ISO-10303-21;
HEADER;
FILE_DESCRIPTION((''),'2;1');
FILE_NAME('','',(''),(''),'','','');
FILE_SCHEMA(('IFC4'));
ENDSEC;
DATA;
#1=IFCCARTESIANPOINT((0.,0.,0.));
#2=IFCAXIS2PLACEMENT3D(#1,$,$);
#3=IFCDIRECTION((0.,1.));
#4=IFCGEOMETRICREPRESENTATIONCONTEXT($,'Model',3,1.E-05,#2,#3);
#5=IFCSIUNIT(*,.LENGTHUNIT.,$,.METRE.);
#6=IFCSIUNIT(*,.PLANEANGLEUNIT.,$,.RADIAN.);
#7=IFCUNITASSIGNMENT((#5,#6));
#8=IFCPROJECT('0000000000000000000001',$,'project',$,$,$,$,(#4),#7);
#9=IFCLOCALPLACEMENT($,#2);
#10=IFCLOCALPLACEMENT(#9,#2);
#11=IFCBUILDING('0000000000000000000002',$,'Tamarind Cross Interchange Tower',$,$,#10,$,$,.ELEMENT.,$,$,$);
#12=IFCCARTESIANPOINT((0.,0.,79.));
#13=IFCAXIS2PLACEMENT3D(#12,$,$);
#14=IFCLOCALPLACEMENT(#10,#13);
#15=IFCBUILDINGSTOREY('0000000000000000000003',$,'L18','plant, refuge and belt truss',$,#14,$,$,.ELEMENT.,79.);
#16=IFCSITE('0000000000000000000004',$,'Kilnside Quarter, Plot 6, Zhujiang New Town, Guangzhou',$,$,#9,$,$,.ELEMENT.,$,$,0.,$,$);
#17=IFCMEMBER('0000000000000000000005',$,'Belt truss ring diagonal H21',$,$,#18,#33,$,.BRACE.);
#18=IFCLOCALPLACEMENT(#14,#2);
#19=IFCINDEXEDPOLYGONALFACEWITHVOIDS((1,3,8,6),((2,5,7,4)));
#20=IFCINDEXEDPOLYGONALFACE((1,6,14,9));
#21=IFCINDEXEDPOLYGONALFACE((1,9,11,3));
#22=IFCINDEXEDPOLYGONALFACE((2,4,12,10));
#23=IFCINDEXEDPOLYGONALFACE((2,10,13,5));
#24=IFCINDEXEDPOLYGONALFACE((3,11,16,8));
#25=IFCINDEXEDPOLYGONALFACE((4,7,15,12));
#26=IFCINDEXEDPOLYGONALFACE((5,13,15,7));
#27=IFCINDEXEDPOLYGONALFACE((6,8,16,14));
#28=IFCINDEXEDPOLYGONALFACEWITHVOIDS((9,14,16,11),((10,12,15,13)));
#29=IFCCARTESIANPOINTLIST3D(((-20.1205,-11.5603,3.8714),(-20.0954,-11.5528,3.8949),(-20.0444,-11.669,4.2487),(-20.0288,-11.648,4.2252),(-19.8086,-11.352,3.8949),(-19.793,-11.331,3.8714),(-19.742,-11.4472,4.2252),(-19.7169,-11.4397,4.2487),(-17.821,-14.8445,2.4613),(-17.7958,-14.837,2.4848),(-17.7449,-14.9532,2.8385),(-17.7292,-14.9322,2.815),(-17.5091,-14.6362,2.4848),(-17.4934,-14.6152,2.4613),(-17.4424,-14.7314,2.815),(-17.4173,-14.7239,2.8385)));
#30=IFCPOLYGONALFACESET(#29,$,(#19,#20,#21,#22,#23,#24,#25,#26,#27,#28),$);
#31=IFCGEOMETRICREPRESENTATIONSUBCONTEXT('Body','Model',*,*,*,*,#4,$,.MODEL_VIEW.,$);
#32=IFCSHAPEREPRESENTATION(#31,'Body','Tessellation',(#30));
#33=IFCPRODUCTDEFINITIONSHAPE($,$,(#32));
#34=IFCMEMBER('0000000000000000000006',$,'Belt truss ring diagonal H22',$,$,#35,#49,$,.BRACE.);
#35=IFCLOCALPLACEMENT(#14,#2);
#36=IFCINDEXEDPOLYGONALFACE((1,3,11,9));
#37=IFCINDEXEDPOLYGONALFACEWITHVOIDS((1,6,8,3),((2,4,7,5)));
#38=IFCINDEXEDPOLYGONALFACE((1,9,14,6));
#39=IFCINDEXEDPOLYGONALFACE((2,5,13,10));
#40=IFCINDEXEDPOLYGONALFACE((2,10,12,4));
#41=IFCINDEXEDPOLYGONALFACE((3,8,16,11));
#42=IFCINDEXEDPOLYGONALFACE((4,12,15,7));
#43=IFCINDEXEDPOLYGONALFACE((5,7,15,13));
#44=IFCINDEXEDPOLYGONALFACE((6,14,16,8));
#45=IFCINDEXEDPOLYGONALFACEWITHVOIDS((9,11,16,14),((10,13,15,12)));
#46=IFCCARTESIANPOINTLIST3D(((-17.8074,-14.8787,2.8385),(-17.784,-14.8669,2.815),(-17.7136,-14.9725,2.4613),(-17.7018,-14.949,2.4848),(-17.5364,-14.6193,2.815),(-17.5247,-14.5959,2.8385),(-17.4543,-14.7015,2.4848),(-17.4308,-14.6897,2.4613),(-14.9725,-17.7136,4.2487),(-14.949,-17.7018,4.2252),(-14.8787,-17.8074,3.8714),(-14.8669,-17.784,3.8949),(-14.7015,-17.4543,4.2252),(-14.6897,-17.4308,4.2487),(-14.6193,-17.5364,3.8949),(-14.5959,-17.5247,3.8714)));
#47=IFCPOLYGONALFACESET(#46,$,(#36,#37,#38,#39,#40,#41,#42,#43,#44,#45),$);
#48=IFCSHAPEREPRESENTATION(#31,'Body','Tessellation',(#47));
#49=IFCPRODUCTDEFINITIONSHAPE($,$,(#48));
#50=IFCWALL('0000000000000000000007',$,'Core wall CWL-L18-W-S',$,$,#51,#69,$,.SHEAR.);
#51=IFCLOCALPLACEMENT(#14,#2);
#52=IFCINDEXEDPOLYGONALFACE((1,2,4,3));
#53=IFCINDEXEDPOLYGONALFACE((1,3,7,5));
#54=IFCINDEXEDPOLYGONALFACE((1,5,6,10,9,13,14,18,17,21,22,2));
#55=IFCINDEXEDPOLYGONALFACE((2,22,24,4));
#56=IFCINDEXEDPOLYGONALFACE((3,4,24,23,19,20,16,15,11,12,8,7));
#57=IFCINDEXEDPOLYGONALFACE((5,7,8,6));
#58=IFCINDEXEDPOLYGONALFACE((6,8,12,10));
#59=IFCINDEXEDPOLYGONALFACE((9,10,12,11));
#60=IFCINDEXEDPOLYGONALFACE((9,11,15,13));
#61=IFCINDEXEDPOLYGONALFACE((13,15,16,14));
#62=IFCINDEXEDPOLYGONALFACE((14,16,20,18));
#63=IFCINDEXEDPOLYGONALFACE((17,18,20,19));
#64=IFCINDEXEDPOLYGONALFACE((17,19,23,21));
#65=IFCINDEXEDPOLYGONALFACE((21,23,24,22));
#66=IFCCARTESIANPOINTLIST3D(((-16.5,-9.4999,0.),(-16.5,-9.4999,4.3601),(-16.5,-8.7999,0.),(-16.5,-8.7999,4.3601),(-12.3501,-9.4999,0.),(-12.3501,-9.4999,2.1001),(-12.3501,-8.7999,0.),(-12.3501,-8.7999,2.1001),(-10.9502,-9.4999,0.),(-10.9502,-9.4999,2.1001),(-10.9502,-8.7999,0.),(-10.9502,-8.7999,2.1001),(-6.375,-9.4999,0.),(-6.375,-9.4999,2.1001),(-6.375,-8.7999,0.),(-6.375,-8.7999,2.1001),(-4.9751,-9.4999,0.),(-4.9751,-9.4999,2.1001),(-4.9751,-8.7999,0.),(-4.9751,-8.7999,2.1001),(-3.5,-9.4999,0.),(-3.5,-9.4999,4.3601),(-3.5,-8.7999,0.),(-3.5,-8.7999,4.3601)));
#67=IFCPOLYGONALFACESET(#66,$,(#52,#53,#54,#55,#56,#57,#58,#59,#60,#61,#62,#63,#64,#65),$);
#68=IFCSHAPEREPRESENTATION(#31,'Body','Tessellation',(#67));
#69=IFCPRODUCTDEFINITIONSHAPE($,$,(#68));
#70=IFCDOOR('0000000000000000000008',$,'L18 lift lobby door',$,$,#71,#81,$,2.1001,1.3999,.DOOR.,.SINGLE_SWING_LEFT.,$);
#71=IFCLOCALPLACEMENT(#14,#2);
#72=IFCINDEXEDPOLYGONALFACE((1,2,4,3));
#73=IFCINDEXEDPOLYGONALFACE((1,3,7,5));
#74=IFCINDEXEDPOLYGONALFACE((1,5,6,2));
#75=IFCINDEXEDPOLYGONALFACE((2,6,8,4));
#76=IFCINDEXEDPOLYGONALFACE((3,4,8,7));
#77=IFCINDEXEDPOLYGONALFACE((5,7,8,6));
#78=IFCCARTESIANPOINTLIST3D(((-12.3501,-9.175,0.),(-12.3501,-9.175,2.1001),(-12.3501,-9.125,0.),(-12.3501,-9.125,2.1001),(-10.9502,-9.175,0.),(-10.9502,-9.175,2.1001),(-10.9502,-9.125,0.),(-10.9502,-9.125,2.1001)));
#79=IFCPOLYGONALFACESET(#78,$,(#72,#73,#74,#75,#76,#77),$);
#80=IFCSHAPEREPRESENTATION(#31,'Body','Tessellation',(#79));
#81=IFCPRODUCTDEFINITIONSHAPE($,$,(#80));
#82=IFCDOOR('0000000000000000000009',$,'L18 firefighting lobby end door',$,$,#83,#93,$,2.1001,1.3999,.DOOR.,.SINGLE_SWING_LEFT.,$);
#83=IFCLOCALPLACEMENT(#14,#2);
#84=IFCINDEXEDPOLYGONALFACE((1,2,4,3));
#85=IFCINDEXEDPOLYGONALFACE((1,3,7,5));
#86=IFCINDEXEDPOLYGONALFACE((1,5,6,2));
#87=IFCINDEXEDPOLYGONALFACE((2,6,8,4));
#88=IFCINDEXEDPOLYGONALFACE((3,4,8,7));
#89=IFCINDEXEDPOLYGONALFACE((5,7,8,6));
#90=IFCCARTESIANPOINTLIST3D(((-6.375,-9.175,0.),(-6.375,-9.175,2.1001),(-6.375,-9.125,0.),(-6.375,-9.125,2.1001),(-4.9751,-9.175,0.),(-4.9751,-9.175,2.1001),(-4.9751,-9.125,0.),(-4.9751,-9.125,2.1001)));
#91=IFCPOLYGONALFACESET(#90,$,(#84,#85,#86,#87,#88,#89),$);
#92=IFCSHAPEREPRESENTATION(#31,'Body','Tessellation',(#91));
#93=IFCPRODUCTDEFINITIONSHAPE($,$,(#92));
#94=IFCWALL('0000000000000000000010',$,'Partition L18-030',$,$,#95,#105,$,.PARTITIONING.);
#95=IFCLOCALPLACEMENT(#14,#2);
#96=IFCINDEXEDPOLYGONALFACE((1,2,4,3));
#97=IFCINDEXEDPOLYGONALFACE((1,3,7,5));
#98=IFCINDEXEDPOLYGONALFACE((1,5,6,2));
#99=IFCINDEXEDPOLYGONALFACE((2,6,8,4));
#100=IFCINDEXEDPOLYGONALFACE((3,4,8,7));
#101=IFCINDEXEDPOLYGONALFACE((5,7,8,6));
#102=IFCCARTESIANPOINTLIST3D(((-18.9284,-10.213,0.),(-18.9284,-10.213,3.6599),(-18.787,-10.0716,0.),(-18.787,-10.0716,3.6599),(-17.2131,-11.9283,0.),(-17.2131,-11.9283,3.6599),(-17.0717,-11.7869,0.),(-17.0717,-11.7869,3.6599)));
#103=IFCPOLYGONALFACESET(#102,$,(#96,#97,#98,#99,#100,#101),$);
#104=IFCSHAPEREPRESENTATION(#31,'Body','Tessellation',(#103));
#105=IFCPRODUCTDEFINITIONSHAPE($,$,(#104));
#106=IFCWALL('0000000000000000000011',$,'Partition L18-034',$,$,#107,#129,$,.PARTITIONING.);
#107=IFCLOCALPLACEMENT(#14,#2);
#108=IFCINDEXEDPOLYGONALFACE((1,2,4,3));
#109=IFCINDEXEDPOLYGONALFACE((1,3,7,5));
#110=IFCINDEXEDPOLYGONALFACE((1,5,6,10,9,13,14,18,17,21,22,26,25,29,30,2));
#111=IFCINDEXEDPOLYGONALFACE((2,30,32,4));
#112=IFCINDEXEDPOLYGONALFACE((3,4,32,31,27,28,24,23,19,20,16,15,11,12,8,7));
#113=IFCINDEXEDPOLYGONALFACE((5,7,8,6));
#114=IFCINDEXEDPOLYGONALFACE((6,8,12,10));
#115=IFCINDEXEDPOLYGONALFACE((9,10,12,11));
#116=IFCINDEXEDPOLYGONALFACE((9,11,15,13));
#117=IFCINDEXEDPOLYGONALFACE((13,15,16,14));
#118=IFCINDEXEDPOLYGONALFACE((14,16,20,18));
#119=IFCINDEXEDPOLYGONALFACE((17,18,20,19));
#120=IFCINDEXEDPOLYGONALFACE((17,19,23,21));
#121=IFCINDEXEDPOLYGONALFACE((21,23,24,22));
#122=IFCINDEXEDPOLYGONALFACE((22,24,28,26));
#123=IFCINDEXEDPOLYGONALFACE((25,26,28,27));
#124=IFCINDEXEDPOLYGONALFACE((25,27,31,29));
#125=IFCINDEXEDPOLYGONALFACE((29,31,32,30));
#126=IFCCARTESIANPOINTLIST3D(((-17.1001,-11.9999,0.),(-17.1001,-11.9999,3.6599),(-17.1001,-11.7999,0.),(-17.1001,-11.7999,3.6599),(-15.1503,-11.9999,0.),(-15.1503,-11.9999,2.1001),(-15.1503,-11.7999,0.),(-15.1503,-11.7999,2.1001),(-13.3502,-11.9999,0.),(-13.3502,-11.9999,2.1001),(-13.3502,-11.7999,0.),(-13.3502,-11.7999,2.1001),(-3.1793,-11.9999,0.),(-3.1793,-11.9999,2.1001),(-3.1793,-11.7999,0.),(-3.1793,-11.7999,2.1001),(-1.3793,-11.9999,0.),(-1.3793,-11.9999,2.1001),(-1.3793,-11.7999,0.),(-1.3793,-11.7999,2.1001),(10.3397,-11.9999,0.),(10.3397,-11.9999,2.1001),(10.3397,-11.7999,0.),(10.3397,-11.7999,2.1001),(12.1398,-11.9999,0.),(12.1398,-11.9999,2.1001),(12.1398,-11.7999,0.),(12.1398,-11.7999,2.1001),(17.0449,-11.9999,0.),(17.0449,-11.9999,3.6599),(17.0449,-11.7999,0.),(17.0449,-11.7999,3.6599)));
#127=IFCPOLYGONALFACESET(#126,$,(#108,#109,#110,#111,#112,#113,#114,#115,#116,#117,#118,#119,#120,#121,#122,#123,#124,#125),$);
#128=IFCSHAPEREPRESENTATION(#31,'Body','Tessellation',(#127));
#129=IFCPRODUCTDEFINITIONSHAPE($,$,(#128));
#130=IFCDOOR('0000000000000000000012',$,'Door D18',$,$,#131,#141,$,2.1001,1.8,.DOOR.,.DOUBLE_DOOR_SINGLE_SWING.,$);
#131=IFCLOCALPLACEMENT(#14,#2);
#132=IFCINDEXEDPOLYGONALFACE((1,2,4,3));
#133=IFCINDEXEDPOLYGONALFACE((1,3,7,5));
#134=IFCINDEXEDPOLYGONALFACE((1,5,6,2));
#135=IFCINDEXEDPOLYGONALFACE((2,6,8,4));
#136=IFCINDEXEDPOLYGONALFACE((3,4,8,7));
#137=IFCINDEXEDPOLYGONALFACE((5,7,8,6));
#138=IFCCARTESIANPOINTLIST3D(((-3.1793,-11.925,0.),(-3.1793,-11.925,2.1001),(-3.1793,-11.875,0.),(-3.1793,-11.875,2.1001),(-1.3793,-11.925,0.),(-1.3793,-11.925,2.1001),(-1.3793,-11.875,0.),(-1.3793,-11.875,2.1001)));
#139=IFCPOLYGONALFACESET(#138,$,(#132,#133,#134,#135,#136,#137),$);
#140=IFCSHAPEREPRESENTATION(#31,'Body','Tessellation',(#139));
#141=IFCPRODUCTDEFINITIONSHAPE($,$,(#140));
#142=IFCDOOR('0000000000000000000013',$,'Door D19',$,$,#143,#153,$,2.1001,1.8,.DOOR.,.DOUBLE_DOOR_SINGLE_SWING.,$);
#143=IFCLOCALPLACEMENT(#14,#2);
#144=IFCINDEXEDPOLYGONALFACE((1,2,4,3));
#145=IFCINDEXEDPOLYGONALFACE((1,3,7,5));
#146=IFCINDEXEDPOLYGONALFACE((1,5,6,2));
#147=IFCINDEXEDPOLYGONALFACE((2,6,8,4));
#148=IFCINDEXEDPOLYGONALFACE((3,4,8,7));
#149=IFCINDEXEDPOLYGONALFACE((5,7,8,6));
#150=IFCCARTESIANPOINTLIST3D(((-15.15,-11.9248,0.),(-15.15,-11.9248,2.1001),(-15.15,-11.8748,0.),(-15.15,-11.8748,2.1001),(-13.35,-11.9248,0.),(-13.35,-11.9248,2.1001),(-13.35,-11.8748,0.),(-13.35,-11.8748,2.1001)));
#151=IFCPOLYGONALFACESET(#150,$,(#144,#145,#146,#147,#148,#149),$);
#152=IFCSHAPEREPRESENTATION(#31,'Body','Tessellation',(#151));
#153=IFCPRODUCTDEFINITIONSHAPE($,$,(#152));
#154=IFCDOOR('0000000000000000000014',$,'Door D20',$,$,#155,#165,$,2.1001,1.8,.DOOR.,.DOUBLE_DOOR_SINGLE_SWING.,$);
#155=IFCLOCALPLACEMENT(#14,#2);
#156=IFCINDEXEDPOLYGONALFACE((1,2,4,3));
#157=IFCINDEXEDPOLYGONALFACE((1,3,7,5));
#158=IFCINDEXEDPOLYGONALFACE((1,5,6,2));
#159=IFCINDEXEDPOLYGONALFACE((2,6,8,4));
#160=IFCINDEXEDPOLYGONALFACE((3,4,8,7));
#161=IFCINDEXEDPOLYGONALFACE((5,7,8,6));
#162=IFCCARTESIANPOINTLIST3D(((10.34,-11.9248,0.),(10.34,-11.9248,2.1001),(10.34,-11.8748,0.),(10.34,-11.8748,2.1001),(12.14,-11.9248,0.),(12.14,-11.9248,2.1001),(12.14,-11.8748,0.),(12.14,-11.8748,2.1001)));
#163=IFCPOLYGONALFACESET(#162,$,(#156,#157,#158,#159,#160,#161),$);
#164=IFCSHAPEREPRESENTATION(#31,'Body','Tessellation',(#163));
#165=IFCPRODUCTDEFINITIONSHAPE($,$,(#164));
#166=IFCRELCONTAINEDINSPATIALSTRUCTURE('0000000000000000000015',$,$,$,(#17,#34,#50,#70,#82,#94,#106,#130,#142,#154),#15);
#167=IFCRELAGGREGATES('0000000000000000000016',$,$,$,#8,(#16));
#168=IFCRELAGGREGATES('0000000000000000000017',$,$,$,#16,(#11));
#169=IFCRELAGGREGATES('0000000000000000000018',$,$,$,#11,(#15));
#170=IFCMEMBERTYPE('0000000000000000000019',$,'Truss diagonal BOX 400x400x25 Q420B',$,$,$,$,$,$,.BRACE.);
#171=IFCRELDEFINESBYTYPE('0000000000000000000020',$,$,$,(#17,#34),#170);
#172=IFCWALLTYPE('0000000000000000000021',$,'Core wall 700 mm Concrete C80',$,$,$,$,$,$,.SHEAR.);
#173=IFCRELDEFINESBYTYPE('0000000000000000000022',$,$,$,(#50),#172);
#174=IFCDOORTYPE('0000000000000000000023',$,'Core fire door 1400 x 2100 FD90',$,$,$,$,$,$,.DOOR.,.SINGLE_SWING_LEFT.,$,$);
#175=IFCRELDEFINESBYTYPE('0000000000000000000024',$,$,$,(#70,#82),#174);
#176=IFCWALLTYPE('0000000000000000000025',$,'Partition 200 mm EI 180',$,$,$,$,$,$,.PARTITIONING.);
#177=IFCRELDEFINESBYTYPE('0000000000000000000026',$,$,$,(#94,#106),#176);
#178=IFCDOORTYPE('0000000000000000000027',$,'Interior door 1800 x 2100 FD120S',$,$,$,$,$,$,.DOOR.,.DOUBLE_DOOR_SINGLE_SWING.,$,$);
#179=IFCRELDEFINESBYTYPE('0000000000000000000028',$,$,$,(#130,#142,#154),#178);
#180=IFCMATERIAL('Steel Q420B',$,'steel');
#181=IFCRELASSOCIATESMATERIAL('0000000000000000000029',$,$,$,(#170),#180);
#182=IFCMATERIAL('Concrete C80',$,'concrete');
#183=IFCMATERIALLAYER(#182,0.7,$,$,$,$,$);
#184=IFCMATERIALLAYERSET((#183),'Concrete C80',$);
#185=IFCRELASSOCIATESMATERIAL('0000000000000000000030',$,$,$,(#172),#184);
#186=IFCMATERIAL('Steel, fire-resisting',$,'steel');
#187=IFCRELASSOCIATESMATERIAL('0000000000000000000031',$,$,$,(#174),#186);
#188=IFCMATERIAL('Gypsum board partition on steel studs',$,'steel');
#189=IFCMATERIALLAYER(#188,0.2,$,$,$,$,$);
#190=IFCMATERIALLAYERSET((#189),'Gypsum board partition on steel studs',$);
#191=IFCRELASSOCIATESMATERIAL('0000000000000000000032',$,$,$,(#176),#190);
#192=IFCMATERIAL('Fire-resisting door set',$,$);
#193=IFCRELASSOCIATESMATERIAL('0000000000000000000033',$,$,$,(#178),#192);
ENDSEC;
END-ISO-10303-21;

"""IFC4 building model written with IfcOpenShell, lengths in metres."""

from ifc_helpers import new_model, si_unit, direction, frame, frame_2d, origin, origin_2d, place, context, subcontext, project, spatial, rectangle, hollow_rectangle, extrude, material, layer, layer_set, material_profile, profile_set, type_object, element, fill, save


model = new_model("IFC4")

# Units and contexts
model_context = context("Model", 3, precision=1e-05, world=origin(), true_north=direction((0.0, 1.0)))
body_context = subcontext(model_context, "Body", "Model", "MODEL_VIEW")
ifc_project = project(units=[si_unit("LENGTHUNIT", "METRE"), si_unit("PLANEANGLEUNIT", "RADIAN")], contexts=[model_context])

# Site, building, storey
site_placement = place(None, origin())
site = spatial("IfcSite", under=ifc_project, at=site_placement, Name="Kilnside Quarter, Plot 6, Zhujiang New Town, Guangzhou", CompositionType="ELEMENT", RefElevation=0.0)
building_placement = place(site_placement, origin())
building = spatial("IfcBuilding", under=site, at=building_placement, Name="Tamarind Cross Interchange Tower", CompositionType="ELEMENT")
storey_placement = place(building_placement, frame((0.0, 0.0, 79.0)))
storey = spatial("IfcBuildingStorey", under=building, at=storey_placement, Name="L18", Description="plant, refuge and belt truss", CompositionType="ELEMENT", Elevation=79.0)

# Members
ifc_material_1 = material(Name="Steel Q420B", Category="steel")
ifc_material_profile_1 = material_profile(ifc_material_1, hollow_rectangle(XDim=0.3999, YDim=0.3999, WallThickness=0.0249, at=origin_2d()), Name="BOX 400x400x25")
ifc_profile_set_1 = profile_set([ifc_material_profile_1], Name="Steel Q420B")
member_type_1 = type_object("IfcMemberType", Name="Truss diagonal BOX 400x400x25 Q420B", PredefinedType="BRACE", material=ifc_profile_set_1)
for number, where, z_axis, x_axis, name in (
    (1, (-19.9187, -11.5, 4.0601), (0.541075, -0.772751, -0.331803), (0.819158, 0.573569, 0.0), "Belt truss ring diagonal H21"),
    (2, (-17.6191, -14.7842, 2.6499), (0.667049, -0.667049, 0.331801), (0.707107, 0.707107, 0.0), "Belt truss ring diagonal H22"),
):
    element("IfcMember", number, at=place(storey_placement, frame(where, z_axis=z_axis, x_axis=x_axis)), inside=storey, type_object=member_type_1, Name=name, PredefinedType="BRACE", context=body_context, shape_type="SweptSolid", body=[
        extrude(hollow_rectangle(XDim=0.3999, YDim=0.3999, WallThickness=0.0249, at=origin_2d()), origin(), (0.0, 0.0, 1.0), 4.25),
    ])

# Wall, openings, doors
ifc_material_2 = material(Name="Concrete C80", Category="concrete")
ifc_layer_1 = layer(ifc_material_2, 0.7)
ifc_layer_set_1 = layer_set([ifc_layer_1], Name="Concrete C80")
wall_type_1 = type_object("IfcWallType", Name="Core wall 700 mm Concrete C80", PredefinedType="SHEAR", material=ifc_layer_set_1)
wall_1_placement = place(storey_placement, frame((-16.5, -9.1499, 0.0), z_axis=(0.0, 0.0, 1.0), x_axis=(1.0, 0.0, 0.0)))
wall_1 = element("IfcWall", 3, at=wall_1_placement, inside=storey, type_object=wall_type_1, Name="Core wall CWL-L18-W-S", PredefinedType="SHEAR", context=body_context, shape_type="SweptSolid", body=[
    extrude(rectangle(XDim=13.0, YDim=0.7, at=frame_2d((6.5, 0.0))), origin(), (0.0, 0.0, 1.0), 4.3601),
])
opening_1_placement = place(wall_1_placement, frame((4.1499, 0.0, 0.0)))
opening_1 = element("IfcOpeningElement", 4, at=opening_1_placement, cuts=wall_1, PredefinedType="OPENING", context=body_context, shape_type="SweptSolid", body=[
    extrude(rectangle(XDim=1.3999, YDim=2.1001, at=frame_2d((0.7, 1.05))), frame((0.0, 0.3599, 0.0), z_axis=(0.0, -1.0, 0.0), x_axis=(1.0, 0.0, 0.0)), (0.0, 0.0, 1.0), 0.72),
])
opening_2_placement = place(wall_1_placement, frame((10.125, 0.0, 0.0)))
opening_2 = element("IfcOpeningElement", 5, at=opening_2_placement, cuts=wall_1, PredefinedType="OPENING", context=body_context, shape_type="SweptSolid", body=[
    extrude(rectangle(XDim=1.3999, YDim=2.1001, at=frame_2d((0.7, 1.05))), frame((0.0, 0.3599, 0.0), z_axis=(0.0, -1.0, 0.0), x_axis=(1.0, 0.0, 0.0)), (0.0, 0.0, 1.0), 0.72),
])
ifc_material_3 = material(Name="Steel, fire-resisting", Category="steel")
door_type_1 = type_object("IfcDoorType", Name="Core fire door 1400 x 2100 FD90", OperationType="SINGLE_SWING_LEFT", PredefinedType="DOOR", material=ifc_material_3)
door_1_placement = place(opening_1_placement, origin())
door_1 = element("IfcDoor", 6, at=door_1_placement, inside=storey, type_object=door_type_1, Name="L18 lift lobby door", OperationType="SINGLE_SWING_LEFT", OverallHeight=2.1001, OverallWidth=1.3999, PredefinedType="DOOR", context=body_context, shape_type="SweptSolid", body=[
    extrude(rectangle(XDim=1.3999, YDim=2.1001, at=frame_2d((0.7, 1.05))), frame((0.0, 0.0249, 0.0), z_axis=(0.0, -1.0, 0.0), x_axis=(1.0, 0.0, 0.0)), (0.0, 0.0, 1.0), 0.05),
])
fill(opening_1, door_1)
door_2_placement = place(opening_2_placement, origin())
door_2 = element("IfcDoor", 7, at=door_2_placement, inside=storey, type_object=door_type_1, Name="L18 firefighting lobby end door", OperationType="SINGLE_SWING_LEFT", OverallHeight=2.1001, OverallWidth=1.3999, PredefinedType="DOOR", context=body_context, shape_type="SweptSolid", body=[
    extrude(rectangle(XDim=1.3999, YDim=2.1001, at=frame_2d((0.7, 1.05))), frame((0.0, 0.0249, 0.0), z_axis=(0.0, -1.0, 0.0), x_axis=(1.0, 0.0, 0.0)), (0.0, 0.0, 1.0), 0.05),
])
fill(opening_2, door_2)

# Wall
ifc_material_4 = material(Name="Gypsum board partition on steel studs", Category="steel")
ifc_layer_2 = layer(ifc_material_4, 0.2)
ifc_layer_set_2 = layer_set([ifc_layer_2], Name="Gypsum board partition on steel studs")
wall_type_2 = type_object("IfcWallType", Name="Partition 200 mm EI 180", PredefinedType="PARTITIONING", material=ifc_layer_set_2)
wall_2_placement = place(storey_placement, frame((-18.8577, -10.1423, 0.0), z_axis=(0.0, 0.0, 1.0), x_axis=(0.707107, -0.707107, 0.0)))
element("IfcWall", 8, at=wall_2_placement, inside=storey, type_object=wall_type_2, Name="Partition L18-030", PredefinedType="PARTITIONING", context=body_context, shape_type="SweptSolid", body=[
    extrude(rectangle(XDim=2.4258, YDim=0.2, at=frame_2d((1.2129, 0.0))), origin(), (0.0, 0.0, 1.0), 3.6599),
])

# Wall, openings, doors
wall_3_placement = place(storey_placement, frame((-17.1001, -11.8999, 0.0), z_axis=(0.0, 0.0, 1.0), x_axis=(1.0, 0.0, 0.0)))
wall_3 = element("IfcWall", 9, at=wall_3_placement, inside=storey, type_object=wall_type_2, Name="Partition L18-034", PredefinedType="PARTITIONING", context=body_context, shape_type="SweptSolid", body=[
    extrude(rectangle(XDim=34.145, YDim=0.2, at=frame_2d((17.0725, 0.0))), origin(), (0.0, 0.0, 1.0), 3.6599),
])
opening_3_placement = place(wall_3_placement, frame((13.9209, 0.0, 0.0)))
opening_3 = element("IfcOpeningElement", 10, at=opening_3_placement, cuts=wall_3, PredefinedType="OPENING", context=body_context, shape_type="SweptSolid", body=[
    extrude(rectangle(XDim=1.8, YDim=2.1001, at=frame_2d((0.8999, 1.05))), frame((0.0, 0.1099, 0.0), z_axis=(0.0, -1.0, 0.0), x_axis=(1.0, 0.0, 0.0)), (0.0, 0.0, 1.0), 0.22),
])
opening_4_placement = place(wall_3_placement, frame((1.95, 0.0, 0.0)))
opening_4 = element("IfcOpeningElement", 11, at=opening_4_placement, cuts=wall_3, PredefinedType="OPENING", context=body_context, shape_type="SweptSolid", body=[
    extrude(rectangle(XDim=1.8, YDim=2.1001, at=frame_2d((0.8999, 1.05))), frame((0.0, 0.1099, 0.0), z_axis=(0.0, -1.0, 0.0), x_axis=(1.0, 0.0, 0.0)), (0.0, 0.0, 1.0), 0.22),
])
opening_5_placement = place(wall_3_placement, frame((27.4399, 0.0, 0.0)))
opening_5 = element("IfcOpeningElement", 12, at=opening_5_placement, cuts=wall_3, PredefinedType="OPENING", context=body_context, shape_type="SweptSolid", body=[
    extrude(rectangle(XDim=1.8, YDim=2.1001, at=frame_2d((0.8999, 1.05))), frame((0.0, 0.1099, 0.0), z_axis=(0.0, -1.0, 0.0), x_axis=(1.0, 0.0, 0.0)), (0.0, 0.0, 1.0), 0.22),
])
ifc_material_5 = material(Name="Fire-resisting door set")
door_type_2 = type_object("IfcDoorType", Name="Interior door 1800 x 2100 FD120S", OperationType="DOUBLE_DOOR_SINGLE_SWING", PredefinedType="DOOR", material=ifc_material_5)
door_3_placement = place(opening_3_placement, origin())
door_3 = element("IfcDoor", 13, at=door_3_placement, inside=storey, type_object=door_type_2, Name="Door D18", OperationType="DOUBLE_DOOR_SINGLE_SWING", OverallHeight=2.1001, OverallWidth=1.8, PredefinedType="DOOR", context=body_context, shape_type="SweptSolid", body=[
    extrude(rectangle(XDim=1.8, YDim=2.1001, at=frame_2d((0.8999, 1.05))), frame((0.0, 0.0249, 0.0), z_axis=(0.0, -1.0, 0.0), x_axis=(1.0, 0.0, 0.0)), (0.0, 0.0, 1.0), 0.05),
])
fill(opening_3, door_3)
door_4_placement = place(opening_4_placement, frame((1.8, 0.0, 0.0), z_axis=(0.0, 0.0, 1.0), x_axis=(-1.0, 0.0, 0.0)))
door_4 = element("IfcDoor", 14, at=door_4_placement, inside=storey, type_object=door_type_2, Name="Door D19", OperationType="DOUBLE_DOOR_SINGLE_SWING", OverallHeight=2.1001, OverallWidth=1.8, PredefinedType="DOOR", context=body_context, shape_type="SweptSolid", body=[
    extrude(rectangle(XDim=1.8, YDim=2.1001, at=frame_2d((0.8999, 1.05))), frame((0.0, 0.0249, 0.0), z_axis=(0.0, -1.0, 0.0), x_axis=(1.0, 0.0, 0.0)), (0.0, 0.0, 1.0), 0.05),
])
fill(opening_4, door_4)
door_5_placement = place(opening_5_placement, frame((1.8, 0.0, 0.0), z_axis=(0.0, 0.0, 1.0), x_axis=(-1.0, 0.0, 0.0)))
door_5 = element("IfcDoor", 15, at=door_5_placement, inside=storey, type_object=door_type_2, Name="Door D20", OperationType="DOUBLE_DOOR_SINGLE_SWING", OverallHeight=2.1001, OverallWidth=1.8, PredefinedType="DOOR", context=body_context, shape_type="SweptSolid", body=[
    extrude(rectangle(XDim=1.8, YDim=2.1001, at=frame_2d((0.8999, 1.05))), frame((0.0, 0.0249, 0.0), z_axis=(0.0, -1.0, 0.0), x_axis=(1.0, 0.0, 0.0)), (0.0, 0.0, 1.0), 0.05),
])
fill(opening_5, door_5)

save(model, "model.ifc")
